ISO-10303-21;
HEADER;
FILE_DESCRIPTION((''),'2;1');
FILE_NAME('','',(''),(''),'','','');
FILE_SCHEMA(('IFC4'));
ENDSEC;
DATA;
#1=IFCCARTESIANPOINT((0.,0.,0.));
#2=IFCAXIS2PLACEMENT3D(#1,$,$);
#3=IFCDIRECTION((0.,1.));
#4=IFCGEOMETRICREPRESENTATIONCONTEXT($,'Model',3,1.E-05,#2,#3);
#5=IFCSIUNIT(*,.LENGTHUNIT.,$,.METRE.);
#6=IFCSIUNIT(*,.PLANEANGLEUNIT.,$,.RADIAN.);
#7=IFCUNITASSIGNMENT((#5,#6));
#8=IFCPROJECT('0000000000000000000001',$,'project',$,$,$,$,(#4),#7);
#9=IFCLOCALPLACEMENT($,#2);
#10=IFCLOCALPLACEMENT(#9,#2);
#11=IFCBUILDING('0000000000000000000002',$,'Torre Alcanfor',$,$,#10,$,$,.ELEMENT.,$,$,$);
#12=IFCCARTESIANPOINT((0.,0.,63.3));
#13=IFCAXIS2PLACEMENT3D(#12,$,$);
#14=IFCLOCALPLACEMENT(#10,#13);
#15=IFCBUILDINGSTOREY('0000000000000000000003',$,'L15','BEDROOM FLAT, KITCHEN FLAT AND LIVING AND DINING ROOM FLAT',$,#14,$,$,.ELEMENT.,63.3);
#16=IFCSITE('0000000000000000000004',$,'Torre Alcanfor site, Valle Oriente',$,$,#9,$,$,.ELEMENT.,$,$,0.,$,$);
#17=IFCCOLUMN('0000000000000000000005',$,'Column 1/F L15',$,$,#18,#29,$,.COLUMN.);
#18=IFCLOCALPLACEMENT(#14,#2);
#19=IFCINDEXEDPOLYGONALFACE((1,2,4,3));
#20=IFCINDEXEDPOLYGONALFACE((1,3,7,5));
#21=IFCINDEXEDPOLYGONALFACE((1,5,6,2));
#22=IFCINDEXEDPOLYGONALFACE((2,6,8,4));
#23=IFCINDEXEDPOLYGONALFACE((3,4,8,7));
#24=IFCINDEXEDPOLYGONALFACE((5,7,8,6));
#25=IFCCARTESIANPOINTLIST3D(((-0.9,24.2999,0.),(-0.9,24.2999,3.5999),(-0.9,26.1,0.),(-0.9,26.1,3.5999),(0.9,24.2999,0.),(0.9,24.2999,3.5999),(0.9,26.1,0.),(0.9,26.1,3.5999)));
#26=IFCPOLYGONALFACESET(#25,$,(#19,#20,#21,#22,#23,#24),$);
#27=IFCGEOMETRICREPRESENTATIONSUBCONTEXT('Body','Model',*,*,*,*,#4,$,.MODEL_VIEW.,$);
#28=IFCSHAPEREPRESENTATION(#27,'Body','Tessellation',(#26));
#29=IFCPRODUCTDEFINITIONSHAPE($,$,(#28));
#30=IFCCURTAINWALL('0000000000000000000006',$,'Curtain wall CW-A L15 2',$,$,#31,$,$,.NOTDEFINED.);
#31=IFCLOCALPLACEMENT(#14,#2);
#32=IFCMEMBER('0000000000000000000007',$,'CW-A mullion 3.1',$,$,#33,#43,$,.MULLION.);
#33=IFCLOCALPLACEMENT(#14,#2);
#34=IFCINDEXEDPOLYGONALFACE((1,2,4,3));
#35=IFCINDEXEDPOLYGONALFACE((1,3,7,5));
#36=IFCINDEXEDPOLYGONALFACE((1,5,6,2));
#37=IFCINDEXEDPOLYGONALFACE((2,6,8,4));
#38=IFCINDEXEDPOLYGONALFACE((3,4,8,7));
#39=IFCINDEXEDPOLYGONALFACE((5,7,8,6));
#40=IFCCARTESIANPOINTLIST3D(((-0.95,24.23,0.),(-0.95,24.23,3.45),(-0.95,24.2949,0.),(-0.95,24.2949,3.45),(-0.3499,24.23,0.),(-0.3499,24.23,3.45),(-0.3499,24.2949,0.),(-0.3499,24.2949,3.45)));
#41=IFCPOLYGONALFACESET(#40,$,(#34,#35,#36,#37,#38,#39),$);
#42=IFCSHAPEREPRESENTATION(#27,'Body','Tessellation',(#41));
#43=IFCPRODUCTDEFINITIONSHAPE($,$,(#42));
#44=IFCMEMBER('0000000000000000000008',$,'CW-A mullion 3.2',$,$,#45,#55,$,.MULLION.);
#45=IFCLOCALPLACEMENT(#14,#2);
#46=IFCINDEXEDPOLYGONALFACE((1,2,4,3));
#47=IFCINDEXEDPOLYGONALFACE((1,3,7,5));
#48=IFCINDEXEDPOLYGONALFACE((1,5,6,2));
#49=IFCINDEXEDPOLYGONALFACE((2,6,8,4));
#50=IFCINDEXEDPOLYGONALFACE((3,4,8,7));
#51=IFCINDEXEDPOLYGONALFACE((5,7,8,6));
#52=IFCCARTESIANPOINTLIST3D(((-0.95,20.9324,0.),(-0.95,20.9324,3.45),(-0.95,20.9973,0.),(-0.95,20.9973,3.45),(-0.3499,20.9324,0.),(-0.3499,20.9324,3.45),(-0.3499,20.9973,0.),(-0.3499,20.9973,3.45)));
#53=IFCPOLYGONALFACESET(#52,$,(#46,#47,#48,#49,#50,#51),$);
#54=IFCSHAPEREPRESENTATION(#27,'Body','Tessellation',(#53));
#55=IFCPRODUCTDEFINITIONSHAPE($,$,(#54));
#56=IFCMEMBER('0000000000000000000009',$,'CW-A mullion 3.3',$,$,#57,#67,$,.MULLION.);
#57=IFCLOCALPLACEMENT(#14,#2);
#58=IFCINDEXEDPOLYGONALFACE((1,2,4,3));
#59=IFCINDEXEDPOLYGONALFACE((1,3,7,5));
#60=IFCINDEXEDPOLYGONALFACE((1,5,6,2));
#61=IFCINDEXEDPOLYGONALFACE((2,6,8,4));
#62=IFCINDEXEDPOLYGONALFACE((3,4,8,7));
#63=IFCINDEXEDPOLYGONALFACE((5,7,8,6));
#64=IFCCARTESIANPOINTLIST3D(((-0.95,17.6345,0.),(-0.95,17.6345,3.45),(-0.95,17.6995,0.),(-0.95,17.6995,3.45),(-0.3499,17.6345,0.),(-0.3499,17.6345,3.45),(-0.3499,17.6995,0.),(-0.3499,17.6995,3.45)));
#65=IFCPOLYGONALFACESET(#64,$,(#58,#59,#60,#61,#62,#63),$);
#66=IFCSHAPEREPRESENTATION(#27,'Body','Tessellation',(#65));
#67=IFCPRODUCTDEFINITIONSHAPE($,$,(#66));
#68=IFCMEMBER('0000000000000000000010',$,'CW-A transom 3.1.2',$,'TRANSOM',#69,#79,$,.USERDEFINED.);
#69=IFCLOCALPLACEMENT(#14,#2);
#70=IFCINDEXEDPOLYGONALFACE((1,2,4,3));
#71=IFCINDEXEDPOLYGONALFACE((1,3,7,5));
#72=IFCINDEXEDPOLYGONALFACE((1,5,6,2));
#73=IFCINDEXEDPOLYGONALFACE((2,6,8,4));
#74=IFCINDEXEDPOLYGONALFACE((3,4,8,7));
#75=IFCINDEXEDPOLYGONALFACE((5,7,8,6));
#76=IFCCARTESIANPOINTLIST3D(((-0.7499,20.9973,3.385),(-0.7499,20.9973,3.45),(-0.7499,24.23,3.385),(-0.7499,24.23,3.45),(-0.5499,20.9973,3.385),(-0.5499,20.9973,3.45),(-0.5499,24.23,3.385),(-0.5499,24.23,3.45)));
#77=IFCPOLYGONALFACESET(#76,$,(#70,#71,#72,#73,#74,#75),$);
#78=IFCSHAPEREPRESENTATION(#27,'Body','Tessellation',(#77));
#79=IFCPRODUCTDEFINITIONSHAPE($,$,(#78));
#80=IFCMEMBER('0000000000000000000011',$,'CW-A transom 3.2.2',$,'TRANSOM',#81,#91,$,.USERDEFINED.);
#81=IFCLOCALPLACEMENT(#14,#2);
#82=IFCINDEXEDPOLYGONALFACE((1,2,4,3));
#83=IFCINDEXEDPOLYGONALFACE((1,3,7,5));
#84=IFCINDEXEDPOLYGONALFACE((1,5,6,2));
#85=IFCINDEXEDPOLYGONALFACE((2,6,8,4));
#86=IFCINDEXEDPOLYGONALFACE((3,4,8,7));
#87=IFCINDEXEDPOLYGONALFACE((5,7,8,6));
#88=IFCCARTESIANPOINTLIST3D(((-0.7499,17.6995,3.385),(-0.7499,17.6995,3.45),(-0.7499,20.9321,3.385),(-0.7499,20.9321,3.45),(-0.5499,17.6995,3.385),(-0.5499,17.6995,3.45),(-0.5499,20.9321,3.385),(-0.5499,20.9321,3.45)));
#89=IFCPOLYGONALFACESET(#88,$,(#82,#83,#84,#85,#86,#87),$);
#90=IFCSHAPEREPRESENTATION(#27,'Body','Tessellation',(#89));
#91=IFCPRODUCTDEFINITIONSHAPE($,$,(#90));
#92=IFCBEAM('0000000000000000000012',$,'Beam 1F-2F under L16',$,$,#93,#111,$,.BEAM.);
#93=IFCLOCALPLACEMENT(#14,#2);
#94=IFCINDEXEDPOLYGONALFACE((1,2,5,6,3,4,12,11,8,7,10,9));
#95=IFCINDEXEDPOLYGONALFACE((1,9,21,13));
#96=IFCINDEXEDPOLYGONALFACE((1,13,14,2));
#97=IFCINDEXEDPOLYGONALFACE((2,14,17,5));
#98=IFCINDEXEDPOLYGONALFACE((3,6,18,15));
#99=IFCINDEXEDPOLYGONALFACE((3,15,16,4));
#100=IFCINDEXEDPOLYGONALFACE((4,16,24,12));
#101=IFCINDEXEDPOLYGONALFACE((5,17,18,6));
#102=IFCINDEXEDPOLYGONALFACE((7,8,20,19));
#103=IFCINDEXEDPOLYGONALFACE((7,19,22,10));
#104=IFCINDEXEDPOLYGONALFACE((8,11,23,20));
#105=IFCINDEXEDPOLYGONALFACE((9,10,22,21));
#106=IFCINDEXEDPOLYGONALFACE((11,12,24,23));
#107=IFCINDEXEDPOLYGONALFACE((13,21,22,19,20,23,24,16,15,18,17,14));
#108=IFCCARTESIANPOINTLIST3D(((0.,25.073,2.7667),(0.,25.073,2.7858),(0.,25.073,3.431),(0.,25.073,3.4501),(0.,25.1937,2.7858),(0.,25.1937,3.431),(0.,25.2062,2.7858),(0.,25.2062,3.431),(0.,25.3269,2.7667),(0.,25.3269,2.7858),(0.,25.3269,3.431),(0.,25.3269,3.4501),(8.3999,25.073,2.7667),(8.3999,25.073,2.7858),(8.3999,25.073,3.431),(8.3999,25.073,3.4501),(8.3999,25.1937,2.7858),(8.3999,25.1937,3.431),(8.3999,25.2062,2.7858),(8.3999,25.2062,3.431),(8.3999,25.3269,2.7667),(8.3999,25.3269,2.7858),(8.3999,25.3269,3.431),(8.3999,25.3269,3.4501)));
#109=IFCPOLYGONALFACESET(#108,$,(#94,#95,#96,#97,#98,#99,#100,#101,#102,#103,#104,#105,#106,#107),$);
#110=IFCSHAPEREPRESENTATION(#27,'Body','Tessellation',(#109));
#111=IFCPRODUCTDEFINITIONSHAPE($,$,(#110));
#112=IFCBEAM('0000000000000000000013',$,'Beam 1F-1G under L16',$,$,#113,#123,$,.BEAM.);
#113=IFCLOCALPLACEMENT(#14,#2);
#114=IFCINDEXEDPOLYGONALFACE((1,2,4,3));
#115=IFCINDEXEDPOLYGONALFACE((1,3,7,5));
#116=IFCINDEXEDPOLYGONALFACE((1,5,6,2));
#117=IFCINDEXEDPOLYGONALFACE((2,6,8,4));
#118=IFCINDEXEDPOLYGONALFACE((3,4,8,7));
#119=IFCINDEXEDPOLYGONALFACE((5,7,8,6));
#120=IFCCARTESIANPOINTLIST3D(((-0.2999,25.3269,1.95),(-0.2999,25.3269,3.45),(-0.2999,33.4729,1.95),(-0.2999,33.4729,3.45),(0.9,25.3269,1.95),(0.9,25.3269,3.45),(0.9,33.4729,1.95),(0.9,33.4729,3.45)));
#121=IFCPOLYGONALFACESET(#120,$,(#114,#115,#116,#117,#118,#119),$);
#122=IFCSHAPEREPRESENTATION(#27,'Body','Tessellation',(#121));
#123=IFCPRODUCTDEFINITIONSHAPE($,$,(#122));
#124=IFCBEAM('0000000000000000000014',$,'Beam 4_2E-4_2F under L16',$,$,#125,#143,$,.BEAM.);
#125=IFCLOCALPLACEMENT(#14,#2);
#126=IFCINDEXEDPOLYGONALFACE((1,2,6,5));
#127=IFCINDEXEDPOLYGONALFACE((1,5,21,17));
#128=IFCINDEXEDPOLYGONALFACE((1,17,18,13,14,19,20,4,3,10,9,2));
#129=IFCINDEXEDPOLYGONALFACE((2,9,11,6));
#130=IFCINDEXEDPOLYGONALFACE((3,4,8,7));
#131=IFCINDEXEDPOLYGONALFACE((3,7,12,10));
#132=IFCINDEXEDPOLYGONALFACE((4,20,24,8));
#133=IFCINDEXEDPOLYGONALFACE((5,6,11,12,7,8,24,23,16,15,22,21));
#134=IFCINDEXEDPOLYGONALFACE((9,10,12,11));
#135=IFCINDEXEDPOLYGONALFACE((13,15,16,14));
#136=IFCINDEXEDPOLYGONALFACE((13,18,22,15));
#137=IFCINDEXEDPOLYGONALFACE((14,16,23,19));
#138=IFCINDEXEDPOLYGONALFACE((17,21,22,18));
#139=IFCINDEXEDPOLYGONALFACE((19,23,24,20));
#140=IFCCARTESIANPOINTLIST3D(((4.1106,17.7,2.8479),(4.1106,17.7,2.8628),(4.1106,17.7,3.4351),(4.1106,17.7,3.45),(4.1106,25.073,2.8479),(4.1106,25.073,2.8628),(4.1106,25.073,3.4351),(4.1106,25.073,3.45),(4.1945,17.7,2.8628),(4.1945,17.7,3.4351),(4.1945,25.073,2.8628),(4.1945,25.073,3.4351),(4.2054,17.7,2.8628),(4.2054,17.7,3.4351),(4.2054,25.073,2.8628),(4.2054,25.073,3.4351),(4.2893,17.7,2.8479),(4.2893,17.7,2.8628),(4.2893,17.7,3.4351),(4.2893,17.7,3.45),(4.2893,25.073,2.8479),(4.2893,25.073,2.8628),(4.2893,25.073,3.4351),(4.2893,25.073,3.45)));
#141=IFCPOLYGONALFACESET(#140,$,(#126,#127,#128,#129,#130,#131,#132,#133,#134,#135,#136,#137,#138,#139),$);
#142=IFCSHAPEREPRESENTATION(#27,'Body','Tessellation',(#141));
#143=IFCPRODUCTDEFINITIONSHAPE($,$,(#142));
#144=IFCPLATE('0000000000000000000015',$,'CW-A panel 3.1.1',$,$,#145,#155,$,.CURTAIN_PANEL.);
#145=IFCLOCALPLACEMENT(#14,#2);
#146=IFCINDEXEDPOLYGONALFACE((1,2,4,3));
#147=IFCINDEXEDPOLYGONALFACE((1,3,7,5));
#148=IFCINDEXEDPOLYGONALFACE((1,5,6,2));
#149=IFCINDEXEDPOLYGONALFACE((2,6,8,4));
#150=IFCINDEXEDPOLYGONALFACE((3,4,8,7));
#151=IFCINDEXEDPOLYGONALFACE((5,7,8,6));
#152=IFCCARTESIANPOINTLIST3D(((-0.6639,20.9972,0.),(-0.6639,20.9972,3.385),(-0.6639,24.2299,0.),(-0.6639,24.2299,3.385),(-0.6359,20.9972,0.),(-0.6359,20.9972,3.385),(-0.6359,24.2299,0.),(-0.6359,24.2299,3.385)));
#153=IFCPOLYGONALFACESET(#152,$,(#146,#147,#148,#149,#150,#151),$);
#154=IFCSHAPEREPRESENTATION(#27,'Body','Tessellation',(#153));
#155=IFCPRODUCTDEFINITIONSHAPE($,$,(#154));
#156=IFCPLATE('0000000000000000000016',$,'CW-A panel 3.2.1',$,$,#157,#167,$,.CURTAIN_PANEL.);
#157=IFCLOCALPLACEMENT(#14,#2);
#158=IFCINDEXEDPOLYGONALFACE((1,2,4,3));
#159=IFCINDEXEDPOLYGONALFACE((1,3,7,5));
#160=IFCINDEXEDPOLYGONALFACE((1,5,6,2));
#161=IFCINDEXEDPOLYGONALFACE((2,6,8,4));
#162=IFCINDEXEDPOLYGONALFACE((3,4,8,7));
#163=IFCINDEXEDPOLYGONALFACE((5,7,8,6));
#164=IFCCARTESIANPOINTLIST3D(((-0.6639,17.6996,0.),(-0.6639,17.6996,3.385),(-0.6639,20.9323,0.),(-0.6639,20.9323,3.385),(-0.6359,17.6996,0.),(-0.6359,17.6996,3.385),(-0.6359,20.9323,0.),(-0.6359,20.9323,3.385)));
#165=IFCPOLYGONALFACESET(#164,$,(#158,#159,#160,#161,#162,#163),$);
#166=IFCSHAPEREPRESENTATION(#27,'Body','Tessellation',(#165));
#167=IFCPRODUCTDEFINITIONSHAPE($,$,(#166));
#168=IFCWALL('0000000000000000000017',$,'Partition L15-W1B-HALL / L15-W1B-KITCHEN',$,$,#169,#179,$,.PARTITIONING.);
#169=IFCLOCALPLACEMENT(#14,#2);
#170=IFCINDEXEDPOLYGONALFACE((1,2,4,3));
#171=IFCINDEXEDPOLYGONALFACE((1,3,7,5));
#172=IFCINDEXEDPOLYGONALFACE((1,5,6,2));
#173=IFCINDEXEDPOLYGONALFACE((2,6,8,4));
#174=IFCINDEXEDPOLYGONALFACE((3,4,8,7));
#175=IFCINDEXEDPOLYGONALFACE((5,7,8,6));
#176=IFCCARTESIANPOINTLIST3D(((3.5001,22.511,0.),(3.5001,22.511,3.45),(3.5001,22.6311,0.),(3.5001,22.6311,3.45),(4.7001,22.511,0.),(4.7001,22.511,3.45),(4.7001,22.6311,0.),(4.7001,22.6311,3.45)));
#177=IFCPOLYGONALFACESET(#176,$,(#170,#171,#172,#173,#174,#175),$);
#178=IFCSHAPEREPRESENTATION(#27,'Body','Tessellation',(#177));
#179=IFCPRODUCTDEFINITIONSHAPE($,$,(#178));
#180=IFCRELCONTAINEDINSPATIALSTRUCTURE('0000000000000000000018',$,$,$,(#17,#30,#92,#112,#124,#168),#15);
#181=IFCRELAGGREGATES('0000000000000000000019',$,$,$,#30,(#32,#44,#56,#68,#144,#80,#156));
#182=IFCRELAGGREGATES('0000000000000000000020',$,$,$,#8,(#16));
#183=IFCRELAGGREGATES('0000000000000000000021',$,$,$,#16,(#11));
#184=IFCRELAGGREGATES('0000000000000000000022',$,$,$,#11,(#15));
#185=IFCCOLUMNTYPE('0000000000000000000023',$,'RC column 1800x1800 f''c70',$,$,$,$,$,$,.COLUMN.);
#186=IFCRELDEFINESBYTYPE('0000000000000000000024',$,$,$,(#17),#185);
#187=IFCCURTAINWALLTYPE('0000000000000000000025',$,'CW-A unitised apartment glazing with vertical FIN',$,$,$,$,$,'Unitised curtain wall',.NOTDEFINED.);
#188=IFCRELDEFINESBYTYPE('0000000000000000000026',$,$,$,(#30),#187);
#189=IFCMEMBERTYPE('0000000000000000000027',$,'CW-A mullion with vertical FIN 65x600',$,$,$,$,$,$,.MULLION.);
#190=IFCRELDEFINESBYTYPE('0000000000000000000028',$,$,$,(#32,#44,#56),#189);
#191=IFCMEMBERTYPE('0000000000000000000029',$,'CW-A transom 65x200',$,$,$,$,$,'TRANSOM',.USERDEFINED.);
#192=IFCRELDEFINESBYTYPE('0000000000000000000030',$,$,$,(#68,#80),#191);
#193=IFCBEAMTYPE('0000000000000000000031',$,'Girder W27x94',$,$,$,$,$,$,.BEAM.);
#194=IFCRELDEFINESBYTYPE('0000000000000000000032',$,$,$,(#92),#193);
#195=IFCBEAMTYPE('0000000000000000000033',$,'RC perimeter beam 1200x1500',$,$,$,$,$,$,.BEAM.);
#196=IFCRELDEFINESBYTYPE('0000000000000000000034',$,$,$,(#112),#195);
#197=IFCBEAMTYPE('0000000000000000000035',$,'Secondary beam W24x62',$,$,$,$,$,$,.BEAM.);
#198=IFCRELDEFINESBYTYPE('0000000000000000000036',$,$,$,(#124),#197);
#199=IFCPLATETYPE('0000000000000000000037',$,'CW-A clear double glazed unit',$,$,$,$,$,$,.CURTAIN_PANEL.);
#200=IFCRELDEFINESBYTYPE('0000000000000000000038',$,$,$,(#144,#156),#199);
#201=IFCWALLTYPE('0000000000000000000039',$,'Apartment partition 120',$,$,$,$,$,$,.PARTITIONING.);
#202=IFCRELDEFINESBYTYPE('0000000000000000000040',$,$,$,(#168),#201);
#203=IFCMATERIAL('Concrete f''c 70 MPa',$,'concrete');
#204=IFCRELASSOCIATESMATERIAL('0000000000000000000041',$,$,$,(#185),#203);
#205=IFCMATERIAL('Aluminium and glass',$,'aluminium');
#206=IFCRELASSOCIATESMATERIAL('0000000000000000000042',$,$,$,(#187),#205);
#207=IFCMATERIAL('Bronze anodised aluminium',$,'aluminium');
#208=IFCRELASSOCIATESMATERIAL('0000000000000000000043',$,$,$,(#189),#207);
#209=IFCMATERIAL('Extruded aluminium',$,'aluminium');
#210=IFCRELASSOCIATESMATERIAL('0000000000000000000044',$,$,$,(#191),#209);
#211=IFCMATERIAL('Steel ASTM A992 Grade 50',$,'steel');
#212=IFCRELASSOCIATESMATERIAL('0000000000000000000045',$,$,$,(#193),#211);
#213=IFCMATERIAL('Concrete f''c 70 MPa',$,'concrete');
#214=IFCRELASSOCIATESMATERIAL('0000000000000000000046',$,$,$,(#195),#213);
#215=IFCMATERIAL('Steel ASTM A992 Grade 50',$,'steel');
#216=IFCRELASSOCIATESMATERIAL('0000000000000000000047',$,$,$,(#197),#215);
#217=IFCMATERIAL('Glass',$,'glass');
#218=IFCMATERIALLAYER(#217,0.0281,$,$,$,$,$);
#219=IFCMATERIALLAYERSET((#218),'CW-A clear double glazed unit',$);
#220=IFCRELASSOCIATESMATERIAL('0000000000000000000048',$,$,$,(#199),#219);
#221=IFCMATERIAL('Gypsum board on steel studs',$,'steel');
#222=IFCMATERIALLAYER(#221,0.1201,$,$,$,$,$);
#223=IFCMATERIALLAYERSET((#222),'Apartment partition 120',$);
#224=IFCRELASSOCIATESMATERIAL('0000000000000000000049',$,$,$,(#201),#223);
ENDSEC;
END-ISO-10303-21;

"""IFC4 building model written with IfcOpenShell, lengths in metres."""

from ifc_helpers import new_model, si_unit, direction, frame, frame_2d, origin, origin_2d, place, context, subcontext, project, spatial, rectangle, i_section, extrude, material, layer, layer_set, material_profile, profile_set, type_object, element, aggregate, save


model = new_model("IFC4")

# Units and contexts
model_context = context("Model", 3, precision=1e-05, world=origin(), true_north=direction((0.0, 1.0)))
body_context = subcontext(model_context, "Body", "Model", "MODEL_VIEW")
ifc_project = project(units=[si_unit("LENGTHUNIT", "METRE"), si_unit("PLANEANGLEUNIT", "RADIAN")], contexts=[model_context])

# Site, building, storey
site_placement = place(None, origin())
site = spatial("IfcSite", under=ifc_project, at=site_placement, Name="Torre Alcanfor site, Valle Oriente", CompositionType="ELEMENT", RefElevation=0.0)
building_placement = place(site_placement, origin())
building = spatial("IfcBuilding", under=site, at=building_placement, Name="Torre Alcanfor", CompositionType="ELEMENT")
storey_placement = place(building_placement, frame((0.0, 0.0, 63.3)))
storey = spatial("IfcBuildingStorey", under=building, at=storey_placement, Name="L15", Description="BEDROOM FLAT, KITCHEN FLAT AND LIVING AND DINING ROOM FLAT", CompositionType="ELEMENT", Elevation=63.3)

# Column
ifc_material_1 = material(Name="Concrete f'c 70 MPa", Category="concrete")
ifc_material_profile_1 = material_profile(ifc_material_1, rectangle(XDim=1.8, YDim=1.8, at=origin_2d()), Name="1800x1800")
ifc_profile_set_1 = profile_set([ifc_material_profile_1], Name="Concrete f'c 70 MPa")
column_type = type_object("IfcColumnType", Name="RC column 1800x1800 f'c70", PredefinedType="COLUMN", material=ifc_profile_set_1)
column_placement = place(storey_placement, frame((0.0, 25.2, 0.0), z_axis=(0.0, 0.0, 1.0), x_axis=(1.0, 0.0, 0.0)))
element("IfcColumn", 1, at=column_placement, inside=storey, type_object=column_type, Name="Column 1/F L15", PredefinedType="COLUMN", context=body_context, shape_type="SweptSolid", body=[
    extrude(rectangle(XDim=1.8, YDim=1.8, at=origin_2d()), origin(), (0.0, 0.0, 1.0), 3.5999),
])

# Curtain wall, members
ifc_material_2 = material(Name="Aluminium and glass", Category="aluminium")
curtain_wall_type = type_object("IfcCurtainWallType", Name="CW-A unitised apartment glazing with vertical FIN", ElementType="Unitised curtain wall", PredefinedType="NOTDEFINED", material=ifc_material_2)
curtain_wall_placement = place(storey_placement, origin())
curtain_wall = element("IfcCurtainWall", 2, at=curtain_wall_placement, inside=storey, type_object=curtain_wall_type, Name="Curtain wall CW-A L15 2", PredefinedType="NOTDEFINED")
ifc_material_3 = material(Name="Bronze anodised aluminium", Category="aluminium")
ifc_material_profile_2 = material_profile(ifc_material_3, rectangle(XDim=0.6001, YDim=0.0649, at=origin_2d()), Name="CW-A mullion 65x600")
ifc_profile_set_2 = profile_set([ifc_material_profile_2], Name="Bronze anodised aluminium")
member_type_1 = type_object("IfcMemberType", Name="CW-A mullion with vertical FIN 65x600", PredefinedType="MULLION", material=ifc_profile_set_2)
member_1_placement = place(storey_placement, frame((-0.6499, 24.2625, 0.0), z_axis=(0.0, 0.0, 1.0), x_axis=(1.0, 0.0, 0.0)))
member_1 = element("IfcMember", 3, at=member_1_placement, type_object=member_type_1, Name="CW-A mullion 3.1", PredefinedType="MULLION", context=body_context, shape_type="SweptSolid", body=[
    extrude(rectangle(XDim=0.6001, YDim=0.0649, at=origin_2d()), origin(), (0.0, 0.0, 1.0), 3.45),
])
member_2_placement = place(storey_placement, frame((-0.6499, 20.9648, 0.0), z_axis=(0.0, 0.0, 1.0), x_axis=(1.0, 0.0, 0.0)))
member_2 = element("IfcMember", 4, at=member_2_placement, type_object=member_type_1, Name="CW-A mullion 3.2", PredefinedType="MULLION", context=body_context, shape_type="SweptSolid", body=[
    extrude(rectangle(XDim=0.6001, YDim=0.0649, at=origin_2d()), origin(), (0.0, 0.0, 1.0), 3.45),
])
member_3_placement = place(storey_placement, frame((-0.6499, 17.667, 0.0), z_axis=(0.0, 0.0, 1.0), x_axis=(1.0, 0.0, 0.0)))
member_3 = element("IfcMember", 5, at=member_3_placement, type_object=member_type_1, Name="CW-A mullion 3.3", PredefinedType="MULLION", context=body_context, shape_type="SweptSolid", body=[
    extrude(rectangle(XDim=0.6001, YDim=0.0649, at=origin_2d()), origin(), (0.0, 0.0, 1.0), 3.45),
])
ifc_material_4 = material(Name="Extruded aluminium", Category="aluminium")
ifc_material_profile_3 = material_profile(ifc_material_4, rectangle(XDim=0.2, YDim=0.0649, at=origin_2d()), Name="CW-A transom 200x65")
ifc_profile_set_3 = profile_set([ifc_material_profile_3], Name="Extruded aluminium")
member_type_2 = type_object("IfcMemberType", Name="CW-A transom 65x200", ElementType="TRANSOM", PredefinedType="USERDEFINED", material=ifc_profile_set_3)
member_4_placement = place(storey_placement, frame((-0.6499, 24.23, 3.4175), z_axis=(0.0, -1.0, 0.0), x_axis=(1.0, 0.0, 0.0)))
member_4 = element("IfcMember", 6, at=member_4_placement, type_object=member_type_2, Name="CW-A transom 3.1.2", ObjectType="TRANSOM", PredefinedType="USERDEFINED", context=body_context, shape_type="SweptSolid", body=[
    extrude(rectangle(XDim=0.2, YDim=0.0649, at=origin_2d()), origin(), (0.0, 0.0, 1.0), 3.2327),
])
member_5_placement = place(storey_placement, frame((-0.6499, 20.9321, 3.4175), z_axis=(0.0, -1.0, 0.0), x_axis=(1.0, 0.0, 0.0)))
member_5 = element("IfcMember", 7, at=member_5_placement, type_object=member_type_2, Name="CW-A transom 3.2.2", ObjectType="TRANSOM", PredefinedType="USERDEFINED", context=body_context, shape_type="SweptSolid", body=[
    extrude(rectangle(XDim=0.2, YDim=0.0649, at=origin_2d()), origin(), (0.0, 0.0, 1.0), 3.2327),
])

# Beams
ifc_material_5 = material(Name="Steel ASTM A992 Grade 50", Category="steel")
ifc_material_profile_4 = material_profile(ifc_material_5, i_section(OverallWidth=0.2539, OverallDepth=0.6833, WebThickness=0.0125, FlangeThickness=0.019, at=origin_2d()), Name="W27x94")
ifc_profile_set_4 = profile_set([ifc_material_profile_4], Name="Steel ASTM A992 Grade 50")
beam_type_1 = type_object("IfcBeamType", Name="Girder W27x94", PredefinedType="BEAM", material=ifc_profile_set_4)
beam_1_placement = place(storey_placement, frame((0.0, 25.2, 3.1084), z_axis=(1.0, 0.0, 0.0), x_axis=(0.0, 1.0, 0.0)))
element("IfcBeam", 8, at=beam_1_placement, inside=storey, type_object=beam_type_1, Name="Beam 1F-2F under L16", PredefinedType="BEAM", context=body_context, shape_type="SweptSolid", body=[
    extrude(i_section(OverallWidth=0.2539, OverallDepth=0.6833, WebThickness=0.0125, FlangeThickness=0.019, at=origin_2d()), origin(), (0.0, 0.0, 1.0), 8.3999),
])
ifc_material_6 = material(Name="Concrete f'c 70 MPa", Category="concrete")
ifc_material_profile_5 = material_profile(ifc_material_6, rectangle(XDim=1.2, YDim=1.5, at=origin_2d()), Name="1200x1500")
ifc_profile_set_5 = profile_set([ifc_material_profile_5], Name="Concrete f'c 70 MPa")
beam_type_2 = type_object("IfcBeamType", Name="RC perimeter beam 1200x1500", PredefinedType="BEAM", material=ifc_profile_set_5)
beam_2_placement = place(storey_placement, frame((0.3, 25.3269, 2.7), z_axis=(0.0, 1.0, 0.0), x_axis=(-1.0, 0.0, 0.0)))
element("IfcBeam", 9, at=beam_2_placement, inside=storey, type_object=beam_type_2, Name="Beam 1F-1G under L16", PredefinedType="BEAM", context=body_context, shape_type="SweptSolid", body=[
    extrude(rectangle(XDim=1.2, YDim=1.5, at=origin_2d()), origin(), (0.0, 0.0, 1.0), 8.146),
])
ifc_material_7 = material(Name="Steel ASTM A992 Grade 50", Category="steel")
ifc_material_profile_6 = material_profile(ifc_material_7, i_section(OverallWidth=0.1787, OverallDepth=0.6021, WebThickness=0.011, FlangeThickness=0.0149, at=origin_2d()), Name="W24x62")
ifc_profile_set_6 = profile_set([ifc_material_profile_6], Name="Steel ASTM A992 Grade 50")
beam_type_3 = type_object("IfcBeamType", Name="Secondary beam W24x62", PredefinedType="BEAM", material=ifc_profile_set_6)
beam_3_placement = place(storey_placement, frame((4.2, 17.7, 3.1489), z_axis=(0.0, 1.0, 0.0), x_axis=(-1.0, 0.0, 0.0)))
element("IfcBeam", 10, at=beam_3_placement, inside=storey, type_object=beam_type_3, Name="Beam 4_2E-4_2F under L16", PredefinedType="BEAM", context=body_context, shape_type="SweptSolid", body=[
    extrude(i_section(OverallWidth=0.1787, OverallDepth=0.6021, WebThickness=0.011, FlangeThickness=0.0149, at=origin_2d()), origin(), (0.0, 0.0, 1.0), 7.373),
])

# Plates
ifc_material_8 = material(Name="Glass", Category="glass")
ifc_layer_1 = layer(ifc_material_8, 0.0281)
ifc_layer_set_1 = layer_set([ifc_layer_1], Name="CW-A clear double glazed unit")
plate_type = type_object("IfcPlateType", Name="CW-A clear double glazed unit", PredefinedType="CURTAIN_PANEL", material=ifc_layer_set_1)
plate_1_placement = place(storey_placement, frame((-0.6499, 22.6135, 0.0), z_axis=(0.0, 0.0, 1.0), x_axis=(0.0, -1.0, 0.0)))
plate_1 = element("IfcPlate", 11, at=plate_1_placement, type_object=plate_type, Name="CW-A panel 3.1.1", PredefinedType="CURTAIN_PANEL", context=body_context, shape_type="SweptSolid", body=[
    extrude(rectangle(XDim=3.2327, YDim=0.0281, at=origin_2d()), origin(), (0.0, 0.0, 1.0), 3.385),
])
plate_2_placement = place(storey_placement, frame((-0.6499, 19.3159, 0.0), z_axis=(0.0, 0.0, 1.0), x_axis=(0.0, -1.0, 0.0)))
plate_2 = element("IfcPlate", 12, at=plate_2_placement, type_object=plate_type, Name="CW-A panel 3.2.1", PredefinedType="CURTAIN_PANEL", context=body_context, shape_type="SweptSolid", body=[
    extrude(rectangle(XDim=3.2327, YDim=0.0281, at=origin_2d()), origin(), (0.0, 0.0, 1.0), 3.385),
])
aggregate(curtain_wall, [member_1, member_2, member_3, member_4, plate_1, member_5, plate_2])

# Wall
ifc_material_9 = material(Name="Gypsum board on steel studs", Category="steel")
ifc_layer_2 = layer(ifc_material_9, 0.1201)
ifc_layer_set_2 = layer_set([ifc_layer_2], Name="Apartment partition 120")
wall_type_1 = type_object("IfcWallType", Name="Apartment partition 120", PredefinedType="PARTITIONING", material=ifc_layer_set_2)
wall_1_placement = place(storey_placement, frame((3.5, 22.571, 0.0), z_axis=(0.0, 0.0, 1.0), x_axis=(1.0, 0.0, 0.0)))
element("IfcWall", 13, at=wall_1_placement, inside=storey, type_object=wall_type_1, Name="Partition L15-W1B-HALL / L15-W1B-KITCHEN", PredefinedType="PARTITIONING", context=body_context, shape_type="SweptSolid", body=[
    extrude(rectangle(XDim=1.2, YDim=0.1201, at=frame_2d((0.6001, 0.0))), origin(), (0.0, 0.0, 1.0), 3.45),
])

save(model, "model.ifc")
